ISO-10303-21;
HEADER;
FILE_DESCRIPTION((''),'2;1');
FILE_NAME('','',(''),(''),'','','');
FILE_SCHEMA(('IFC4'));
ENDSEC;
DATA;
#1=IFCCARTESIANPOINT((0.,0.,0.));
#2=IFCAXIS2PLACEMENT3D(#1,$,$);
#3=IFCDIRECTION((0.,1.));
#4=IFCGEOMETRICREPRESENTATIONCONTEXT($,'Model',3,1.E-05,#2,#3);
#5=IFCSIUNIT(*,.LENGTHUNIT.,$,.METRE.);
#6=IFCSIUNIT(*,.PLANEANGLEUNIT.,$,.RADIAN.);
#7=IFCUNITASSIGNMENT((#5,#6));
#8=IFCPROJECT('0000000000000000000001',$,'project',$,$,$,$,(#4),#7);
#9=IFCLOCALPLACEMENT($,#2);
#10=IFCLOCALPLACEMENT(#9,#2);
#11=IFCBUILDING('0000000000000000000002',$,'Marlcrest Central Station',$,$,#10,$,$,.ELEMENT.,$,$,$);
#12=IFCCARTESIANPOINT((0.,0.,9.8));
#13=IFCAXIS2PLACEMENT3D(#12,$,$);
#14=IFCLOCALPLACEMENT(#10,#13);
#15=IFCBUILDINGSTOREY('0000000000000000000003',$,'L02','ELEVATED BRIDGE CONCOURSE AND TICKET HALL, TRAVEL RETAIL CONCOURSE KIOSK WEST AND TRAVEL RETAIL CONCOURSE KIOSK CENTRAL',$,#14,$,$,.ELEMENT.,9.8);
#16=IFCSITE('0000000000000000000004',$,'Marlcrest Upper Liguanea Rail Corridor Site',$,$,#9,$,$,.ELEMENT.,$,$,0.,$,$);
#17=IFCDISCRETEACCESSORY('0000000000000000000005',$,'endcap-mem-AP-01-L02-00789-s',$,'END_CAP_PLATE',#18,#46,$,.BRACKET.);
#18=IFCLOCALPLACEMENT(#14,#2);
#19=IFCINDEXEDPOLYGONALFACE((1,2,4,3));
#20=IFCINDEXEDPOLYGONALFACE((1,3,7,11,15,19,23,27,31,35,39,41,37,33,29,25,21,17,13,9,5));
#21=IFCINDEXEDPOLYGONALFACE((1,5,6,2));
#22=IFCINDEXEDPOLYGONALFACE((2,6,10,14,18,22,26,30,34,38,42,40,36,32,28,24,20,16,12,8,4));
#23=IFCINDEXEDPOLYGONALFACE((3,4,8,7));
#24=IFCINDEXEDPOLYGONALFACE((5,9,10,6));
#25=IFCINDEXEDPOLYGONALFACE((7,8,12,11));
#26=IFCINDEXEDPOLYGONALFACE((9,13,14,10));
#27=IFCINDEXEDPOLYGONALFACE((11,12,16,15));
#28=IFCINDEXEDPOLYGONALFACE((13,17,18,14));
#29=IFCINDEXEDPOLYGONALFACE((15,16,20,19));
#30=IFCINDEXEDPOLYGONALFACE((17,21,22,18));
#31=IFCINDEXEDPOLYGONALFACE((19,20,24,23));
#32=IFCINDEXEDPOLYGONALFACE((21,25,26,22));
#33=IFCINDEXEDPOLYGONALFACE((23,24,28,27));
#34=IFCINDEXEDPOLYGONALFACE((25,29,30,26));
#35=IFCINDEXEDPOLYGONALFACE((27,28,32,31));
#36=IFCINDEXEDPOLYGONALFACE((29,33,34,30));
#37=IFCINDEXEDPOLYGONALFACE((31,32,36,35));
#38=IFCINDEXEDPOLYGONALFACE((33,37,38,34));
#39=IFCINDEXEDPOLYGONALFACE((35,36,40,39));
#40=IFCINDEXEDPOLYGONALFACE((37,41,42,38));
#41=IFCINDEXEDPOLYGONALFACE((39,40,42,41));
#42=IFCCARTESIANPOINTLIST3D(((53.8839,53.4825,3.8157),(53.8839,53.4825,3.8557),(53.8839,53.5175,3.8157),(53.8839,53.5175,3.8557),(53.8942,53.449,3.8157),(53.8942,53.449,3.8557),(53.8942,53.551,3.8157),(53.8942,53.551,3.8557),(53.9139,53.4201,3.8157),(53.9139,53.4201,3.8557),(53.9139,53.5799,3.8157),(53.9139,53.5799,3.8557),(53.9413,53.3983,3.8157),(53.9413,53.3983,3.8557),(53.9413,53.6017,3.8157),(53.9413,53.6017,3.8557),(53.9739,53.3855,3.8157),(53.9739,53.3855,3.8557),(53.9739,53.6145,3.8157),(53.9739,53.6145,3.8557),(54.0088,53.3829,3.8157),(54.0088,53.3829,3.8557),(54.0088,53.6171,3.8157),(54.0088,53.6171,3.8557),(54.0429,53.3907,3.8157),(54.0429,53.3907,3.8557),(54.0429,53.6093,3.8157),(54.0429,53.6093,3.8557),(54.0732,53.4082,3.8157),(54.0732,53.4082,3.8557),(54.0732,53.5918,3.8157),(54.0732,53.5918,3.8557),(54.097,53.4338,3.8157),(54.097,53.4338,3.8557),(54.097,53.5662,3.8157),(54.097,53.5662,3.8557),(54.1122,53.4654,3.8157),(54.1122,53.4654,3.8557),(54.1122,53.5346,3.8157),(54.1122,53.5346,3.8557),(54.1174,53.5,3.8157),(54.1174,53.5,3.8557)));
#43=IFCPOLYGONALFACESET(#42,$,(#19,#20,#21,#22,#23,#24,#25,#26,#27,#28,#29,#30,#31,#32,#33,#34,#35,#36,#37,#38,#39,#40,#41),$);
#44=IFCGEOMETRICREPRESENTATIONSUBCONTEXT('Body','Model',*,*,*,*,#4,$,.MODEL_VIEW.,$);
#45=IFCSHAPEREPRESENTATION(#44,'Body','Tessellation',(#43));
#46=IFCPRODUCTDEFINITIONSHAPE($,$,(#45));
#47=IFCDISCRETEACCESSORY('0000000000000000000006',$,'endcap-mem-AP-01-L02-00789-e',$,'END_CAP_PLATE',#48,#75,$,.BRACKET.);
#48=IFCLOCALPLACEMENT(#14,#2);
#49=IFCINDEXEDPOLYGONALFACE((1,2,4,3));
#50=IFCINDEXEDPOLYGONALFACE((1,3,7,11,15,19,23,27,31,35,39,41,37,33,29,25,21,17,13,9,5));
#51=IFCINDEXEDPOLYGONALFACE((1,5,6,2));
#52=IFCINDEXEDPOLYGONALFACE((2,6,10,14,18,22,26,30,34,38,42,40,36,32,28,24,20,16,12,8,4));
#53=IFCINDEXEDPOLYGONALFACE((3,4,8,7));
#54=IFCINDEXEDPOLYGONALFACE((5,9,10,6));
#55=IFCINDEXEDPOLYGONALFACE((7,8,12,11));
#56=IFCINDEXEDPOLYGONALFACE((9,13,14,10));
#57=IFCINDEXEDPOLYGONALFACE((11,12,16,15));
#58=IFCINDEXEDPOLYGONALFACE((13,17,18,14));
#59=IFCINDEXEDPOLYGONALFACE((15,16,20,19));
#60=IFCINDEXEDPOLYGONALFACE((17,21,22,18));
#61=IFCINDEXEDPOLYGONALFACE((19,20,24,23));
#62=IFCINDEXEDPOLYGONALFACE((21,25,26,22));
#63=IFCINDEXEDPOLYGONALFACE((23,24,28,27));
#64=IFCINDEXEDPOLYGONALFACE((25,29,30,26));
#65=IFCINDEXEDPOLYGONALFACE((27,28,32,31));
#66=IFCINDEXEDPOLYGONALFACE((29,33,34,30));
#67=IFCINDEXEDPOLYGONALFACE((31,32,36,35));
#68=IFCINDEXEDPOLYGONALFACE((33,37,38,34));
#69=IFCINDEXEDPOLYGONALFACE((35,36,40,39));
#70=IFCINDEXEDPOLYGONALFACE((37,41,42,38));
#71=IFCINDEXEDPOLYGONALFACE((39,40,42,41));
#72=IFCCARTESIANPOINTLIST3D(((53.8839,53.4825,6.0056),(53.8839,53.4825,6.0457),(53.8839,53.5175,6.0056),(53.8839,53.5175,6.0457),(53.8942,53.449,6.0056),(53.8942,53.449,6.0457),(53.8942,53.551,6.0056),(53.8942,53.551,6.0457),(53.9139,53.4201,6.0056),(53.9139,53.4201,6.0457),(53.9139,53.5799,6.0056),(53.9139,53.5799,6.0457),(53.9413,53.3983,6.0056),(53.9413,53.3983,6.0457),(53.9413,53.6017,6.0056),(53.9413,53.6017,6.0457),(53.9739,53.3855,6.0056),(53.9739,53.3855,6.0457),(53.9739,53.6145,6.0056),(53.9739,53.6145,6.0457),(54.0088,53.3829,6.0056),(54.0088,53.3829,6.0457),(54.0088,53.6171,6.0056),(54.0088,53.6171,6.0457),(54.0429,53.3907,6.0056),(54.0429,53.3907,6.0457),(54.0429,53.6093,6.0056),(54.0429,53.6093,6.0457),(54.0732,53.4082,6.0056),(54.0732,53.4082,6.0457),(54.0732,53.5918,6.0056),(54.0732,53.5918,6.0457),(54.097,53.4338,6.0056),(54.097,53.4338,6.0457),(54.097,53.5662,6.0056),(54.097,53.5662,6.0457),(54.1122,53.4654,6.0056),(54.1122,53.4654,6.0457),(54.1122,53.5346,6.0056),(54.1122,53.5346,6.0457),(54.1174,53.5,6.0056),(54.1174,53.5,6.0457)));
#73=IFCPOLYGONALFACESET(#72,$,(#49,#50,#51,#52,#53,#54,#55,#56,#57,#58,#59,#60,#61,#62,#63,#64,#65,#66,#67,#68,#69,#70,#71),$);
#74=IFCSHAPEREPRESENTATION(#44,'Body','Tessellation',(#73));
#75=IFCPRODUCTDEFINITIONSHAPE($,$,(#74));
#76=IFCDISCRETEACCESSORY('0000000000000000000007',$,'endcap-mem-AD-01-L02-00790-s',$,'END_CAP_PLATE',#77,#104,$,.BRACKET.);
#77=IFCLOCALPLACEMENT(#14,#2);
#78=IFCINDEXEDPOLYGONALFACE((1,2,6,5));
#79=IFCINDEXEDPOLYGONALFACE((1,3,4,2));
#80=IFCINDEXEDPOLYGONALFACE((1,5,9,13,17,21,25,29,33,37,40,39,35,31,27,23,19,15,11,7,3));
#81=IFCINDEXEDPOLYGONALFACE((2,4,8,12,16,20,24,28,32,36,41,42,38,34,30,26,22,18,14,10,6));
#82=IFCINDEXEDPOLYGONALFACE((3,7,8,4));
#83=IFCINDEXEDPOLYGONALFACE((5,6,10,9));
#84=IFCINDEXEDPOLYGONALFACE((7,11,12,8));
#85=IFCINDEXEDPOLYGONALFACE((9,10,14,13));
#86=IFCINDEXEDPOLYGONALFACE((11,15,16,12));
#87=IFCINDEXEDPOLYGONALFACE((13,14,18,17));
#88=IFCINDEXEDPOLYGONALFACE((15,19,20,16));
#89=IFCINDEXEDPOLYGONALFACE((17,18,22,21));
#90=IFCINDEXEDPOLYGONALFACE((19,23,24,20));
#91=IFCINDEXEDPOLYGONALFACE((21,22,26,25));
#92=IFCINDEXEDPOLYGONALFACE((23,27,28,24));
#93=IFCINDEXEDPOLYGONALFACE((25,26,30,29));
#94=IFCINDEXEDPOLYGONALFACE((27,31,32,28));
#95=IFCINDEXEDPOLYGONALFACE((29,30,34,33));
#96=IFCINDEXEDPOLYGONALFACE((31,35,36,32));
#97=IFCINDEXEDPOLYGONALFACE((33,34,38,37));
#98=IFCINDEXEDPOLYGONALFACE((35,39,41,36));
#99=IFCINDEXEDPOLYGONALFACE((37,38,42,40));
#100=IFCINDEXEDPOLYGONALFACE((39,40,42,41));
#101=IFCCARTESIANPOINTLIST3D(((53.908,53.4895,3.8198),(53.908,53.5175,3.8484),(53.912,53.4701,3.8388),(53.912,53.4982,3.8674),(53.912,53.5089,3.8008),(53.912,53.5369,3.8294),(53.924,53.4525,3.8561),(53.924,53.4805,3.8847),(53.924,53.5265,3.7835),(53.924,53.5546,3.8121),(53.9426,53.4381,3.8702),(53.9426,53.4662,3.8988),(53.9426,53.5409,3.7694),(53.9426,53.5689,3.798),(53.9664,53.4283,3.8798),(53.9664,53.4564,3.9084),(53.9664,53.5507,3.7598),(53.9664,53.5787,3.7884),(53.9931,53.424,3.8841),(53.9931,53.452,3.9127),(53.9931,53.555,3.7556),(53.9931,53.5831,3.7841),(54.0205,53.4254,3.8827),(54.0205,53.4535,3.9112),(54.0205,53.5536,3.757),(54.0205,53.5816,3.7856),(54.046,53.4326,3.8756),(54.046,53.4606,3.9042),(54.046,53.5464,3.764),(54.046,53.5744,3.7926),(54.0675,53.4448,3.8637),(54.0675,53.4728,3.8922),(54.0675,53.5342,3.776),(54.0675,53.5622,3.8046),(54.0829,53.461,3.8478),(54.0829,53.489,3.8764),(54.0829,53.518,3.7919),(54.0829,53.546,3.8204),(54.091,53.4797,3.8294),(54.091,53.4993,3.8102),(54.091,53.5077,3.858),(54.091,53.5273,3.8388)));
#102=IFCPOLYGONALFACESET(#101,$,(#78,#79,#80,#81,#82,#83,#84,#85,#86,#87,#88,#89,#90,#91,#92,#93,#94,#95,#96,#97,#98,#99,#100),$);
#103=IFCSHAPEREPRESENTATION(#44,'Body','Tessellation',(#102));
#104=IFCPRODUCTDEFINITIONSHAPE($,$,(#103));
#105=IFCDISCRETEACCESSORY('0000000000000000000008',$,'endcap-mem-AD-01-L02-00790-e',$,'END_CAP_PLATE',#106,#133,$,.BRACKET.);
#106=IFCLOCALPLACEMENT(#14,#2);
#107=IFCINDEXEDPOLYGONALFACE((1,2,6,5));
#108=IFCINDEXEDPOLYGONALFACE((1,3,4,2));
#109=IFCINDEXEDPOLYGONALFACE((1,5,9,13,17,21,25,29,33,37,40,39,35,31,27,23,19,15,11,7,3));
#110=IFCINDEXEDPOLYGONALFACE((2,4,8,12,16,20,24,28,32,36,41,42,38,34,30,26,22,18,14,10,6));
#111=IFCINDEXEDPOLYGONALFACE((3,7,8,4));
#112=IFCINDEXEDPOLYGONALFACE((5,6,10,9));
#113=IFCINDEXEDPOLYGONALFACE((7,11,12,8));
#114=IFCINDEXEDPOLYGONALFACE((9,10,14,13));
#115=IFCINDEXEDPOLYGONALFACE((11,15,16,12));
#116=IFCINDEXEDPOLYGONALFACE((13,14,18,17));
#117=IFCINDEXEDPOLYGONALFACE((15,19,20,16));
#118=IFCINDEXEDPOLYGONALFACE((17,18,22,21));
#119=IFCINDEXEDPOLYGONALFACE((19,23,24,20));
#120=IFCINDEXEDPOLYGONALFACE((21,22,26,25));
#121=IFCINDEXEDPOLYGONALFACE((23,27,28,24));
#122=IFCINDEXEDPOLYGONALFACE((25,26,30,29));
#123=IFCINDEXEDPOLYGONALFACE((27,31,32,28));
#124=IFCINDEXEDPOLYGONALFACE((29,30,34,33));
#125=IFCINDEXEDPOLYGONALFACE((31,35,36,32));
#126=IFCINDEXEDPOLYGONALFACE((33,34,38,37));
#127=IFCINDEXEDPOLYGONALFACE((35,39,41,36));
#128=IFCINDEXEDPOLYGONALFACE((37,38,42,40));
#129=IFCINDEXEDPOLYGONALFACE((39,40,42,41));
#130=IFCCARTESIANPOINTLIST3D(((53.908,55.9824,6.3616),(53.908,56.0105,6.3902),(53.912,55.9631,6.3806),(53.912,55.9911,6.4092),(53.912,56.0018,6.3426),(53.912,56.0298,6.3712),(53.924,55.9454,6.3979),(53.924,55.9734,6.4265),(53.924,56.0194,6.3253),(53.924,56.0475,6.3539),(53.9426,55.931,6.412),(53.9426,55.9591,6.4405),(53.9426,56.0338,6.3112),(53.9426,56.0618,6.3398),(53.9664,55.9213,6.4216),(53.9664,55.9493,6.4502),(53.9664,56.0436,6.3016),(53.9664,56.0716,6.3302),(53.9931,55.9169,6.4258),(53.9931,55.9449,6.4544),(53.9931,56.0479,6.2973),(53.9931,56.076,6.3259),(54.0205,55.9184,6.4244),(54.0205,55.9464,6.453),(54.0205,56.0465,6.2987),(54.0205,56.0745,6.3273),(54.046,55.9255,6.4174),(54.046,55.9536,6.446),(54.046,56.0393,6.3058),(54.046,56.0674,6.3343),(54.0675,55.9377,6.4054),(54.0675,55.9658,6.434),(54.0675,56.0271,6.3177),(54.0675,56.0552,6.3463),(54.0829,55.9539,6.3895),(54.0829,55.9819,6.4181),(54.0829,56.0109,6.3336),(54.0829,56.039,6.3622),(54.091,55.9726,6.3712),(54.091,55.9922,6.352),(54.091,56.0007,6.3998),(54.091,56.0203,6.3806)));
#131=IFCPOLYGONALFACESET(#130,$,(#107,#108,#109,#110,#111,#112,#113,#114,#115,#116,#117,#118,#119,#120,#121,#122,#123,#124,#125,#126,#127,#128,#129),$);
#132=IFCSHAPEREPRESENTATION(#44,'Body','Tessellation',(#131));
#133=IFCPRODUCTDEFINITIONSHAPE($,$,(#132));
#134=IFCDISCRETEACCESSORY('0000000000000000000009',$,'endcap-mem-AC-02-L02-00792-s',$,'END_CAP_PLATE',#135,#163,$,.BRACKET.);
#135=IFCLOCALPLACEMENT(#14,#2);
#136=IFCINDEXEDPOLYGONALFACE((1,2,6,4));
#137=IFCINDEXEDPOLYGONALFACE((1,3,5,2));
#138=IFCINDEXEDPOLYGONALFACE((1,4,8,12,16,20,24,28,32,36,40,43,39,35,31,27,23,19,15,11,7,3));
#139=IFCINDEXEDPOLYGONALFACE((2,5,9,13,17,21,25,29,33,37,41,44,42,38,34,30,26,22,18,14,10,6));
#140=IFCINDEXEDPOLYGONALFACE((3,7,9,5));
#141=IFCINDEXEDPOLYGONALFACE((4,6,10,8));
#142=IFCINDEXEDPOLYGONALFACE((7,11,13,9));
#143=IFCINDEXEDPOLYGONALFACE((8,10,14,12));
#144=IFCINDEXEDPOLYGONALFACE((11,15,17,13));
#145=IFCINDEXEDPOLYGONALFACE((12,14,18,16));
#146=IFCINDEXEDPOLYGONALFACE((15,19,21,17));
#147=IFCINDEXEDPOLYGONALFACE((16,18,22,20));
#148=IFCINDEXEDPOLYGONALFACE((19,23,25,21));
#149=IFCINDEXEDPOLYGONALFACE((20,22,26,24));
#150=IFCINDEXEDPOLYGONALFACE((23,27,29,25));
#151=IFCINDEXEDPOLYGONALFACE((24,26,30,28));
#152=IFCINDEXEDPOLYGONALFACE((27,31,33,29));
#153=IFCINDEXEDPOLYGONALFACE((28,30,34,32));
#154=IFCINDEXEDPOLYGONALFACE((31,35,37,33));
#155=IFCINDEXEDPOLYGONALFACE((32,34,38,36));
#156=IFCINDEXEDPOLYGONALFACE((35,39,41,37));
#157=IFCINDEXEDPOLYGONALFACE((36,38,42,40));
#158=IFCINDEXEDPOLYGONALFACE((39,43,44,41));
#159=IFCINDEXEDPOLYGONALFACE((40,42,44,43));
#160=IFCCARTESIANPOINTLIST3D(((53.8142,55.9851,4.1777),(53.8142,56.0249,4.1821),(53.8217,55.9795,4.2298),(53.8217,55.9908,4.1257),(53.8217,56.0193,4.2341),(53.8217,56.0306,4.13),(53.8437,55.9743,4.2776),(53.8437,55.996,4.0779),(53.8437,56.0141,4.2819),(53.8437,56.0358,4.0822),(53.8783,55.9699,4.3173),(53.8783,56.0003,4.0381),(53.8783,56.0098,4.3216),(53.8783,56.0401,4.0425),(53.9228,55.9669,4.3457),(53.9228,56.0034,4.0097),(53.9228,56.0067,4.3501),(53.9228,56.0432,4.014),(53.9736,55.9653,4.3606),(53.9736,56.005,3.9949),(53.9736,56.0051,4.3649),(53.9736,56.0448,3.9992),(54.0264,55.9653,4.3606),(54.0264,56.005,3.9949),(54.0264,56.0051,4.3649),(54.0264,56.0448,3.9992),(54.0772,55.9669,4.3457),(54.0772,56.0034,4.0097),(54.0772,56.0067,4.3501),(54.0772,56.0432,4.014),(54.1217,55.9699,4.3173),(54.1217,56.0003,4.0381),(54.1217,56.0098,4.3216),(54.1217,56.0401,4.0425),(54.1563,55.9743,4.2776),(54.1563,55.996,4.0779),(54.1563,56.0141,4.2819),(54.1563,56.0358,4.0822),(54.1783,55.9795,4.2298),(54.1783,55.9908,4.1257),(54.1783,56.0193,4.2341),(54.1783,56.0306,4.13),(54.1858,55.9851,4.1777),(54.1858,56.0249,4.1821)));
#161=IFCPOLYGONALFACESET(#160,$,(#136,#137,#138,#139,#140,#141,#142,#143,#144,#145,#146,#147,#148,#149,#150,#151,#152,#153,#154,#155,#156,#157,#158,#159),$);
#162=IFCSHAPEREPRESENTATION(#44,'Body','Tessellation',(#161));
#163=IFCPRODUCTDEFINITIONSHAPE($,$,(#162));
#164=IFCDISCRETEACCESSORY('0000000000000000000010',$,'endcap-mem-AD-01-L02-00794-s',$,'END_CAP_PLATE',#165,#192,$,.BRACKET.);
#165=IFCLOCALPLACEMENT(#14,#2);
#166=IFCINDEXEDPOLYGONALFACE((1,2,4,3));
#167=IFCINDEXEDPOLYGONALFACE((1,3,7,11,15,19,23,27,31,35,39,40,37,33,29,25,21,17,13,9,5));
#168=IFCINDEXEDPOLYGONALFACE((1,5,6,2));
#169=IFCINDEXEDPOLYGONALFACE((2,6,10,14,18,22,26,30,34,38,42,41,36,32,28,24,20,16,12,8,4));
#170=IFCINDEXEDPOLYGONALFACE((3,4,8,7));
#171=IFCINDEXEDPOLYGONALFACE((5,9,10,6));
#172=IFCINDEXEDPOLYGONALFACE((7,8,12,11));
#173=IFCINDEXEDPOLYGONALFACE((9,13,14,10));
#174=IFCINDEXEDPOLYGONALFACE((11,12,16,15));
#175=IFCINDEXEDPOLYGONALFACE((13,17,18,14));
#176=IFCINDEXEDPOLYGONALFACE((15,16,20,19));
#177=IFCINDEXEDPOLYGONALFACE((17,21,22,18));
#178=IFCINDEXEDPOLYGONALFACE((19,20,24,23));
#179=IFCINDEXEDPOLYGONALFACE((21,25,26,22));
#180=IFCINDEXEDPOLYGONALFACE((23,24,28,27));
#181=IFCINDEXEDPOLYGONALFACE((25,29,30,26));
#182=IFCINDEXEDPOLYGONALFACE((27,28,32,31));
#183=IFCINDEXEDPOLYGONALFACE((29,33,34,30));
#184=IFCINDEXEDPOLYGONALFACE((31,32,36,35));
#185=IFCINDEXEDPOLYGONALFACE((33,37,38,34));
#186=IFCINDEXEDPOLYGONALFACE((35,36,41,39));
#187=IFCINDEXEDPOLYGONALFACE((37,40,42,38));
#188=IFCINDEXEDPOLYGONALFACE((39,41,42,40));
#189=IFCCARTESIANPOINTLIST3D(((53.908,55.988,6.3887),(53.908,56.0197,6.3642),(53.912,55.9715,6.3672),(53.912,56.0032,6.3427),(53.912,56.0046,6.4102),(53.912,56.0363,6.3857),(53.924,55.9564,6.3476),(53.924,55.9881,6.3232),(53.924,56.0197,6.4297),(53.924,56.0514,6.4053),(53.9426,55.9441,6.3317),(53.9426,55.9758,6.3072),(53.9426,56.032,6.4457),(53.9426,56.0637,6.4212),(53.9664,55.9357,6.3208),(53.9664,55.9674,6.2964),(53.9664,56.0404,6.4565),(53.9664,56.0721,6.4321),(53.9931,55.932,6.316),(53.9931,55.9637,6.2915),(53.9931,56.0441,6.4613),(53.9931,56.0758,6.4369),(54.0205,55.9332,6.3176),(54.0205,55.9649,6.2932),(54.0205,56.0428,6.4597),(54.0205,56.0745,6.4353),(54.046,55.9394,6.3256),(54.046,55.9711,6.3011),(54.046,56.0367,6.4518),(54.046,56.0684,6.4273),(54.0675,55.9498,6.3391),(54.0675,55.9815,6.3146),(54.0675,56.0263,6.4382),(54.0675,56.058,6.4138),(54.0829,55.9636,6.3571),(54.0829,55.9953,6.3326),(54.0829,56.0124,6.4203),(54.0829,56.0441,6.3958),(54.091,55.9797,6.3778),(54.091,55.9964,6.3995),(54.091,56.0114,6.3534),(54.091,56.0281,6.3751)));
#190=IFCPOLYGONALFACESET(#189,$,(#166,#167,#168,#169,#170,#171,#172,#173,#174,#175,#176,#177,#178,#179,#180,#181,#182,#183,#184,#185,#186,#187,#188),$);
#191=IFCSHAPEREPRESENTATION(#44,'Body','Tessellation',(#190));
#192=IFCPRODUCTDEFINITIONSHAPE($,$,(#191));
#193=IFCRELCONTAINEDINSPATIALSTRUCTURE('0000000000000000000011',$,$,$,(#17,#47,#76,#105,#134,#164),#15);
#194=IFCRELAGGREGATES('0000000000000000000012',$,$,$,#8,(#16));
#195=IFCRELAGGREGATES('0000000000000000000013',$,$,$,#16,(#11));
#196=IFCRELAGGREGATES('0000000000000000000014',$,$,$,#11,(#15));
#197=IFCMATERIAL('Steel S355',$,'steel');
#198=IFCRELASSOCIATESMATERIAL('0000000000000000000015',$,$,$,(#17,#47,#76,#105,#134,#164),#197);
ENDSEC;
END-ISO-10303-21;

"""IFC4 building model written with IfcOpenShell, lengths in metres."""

from ifc_helpers import new_model, si_unit, direction, frame, origin, origin_2d, place, context, subcontext, project, spatial, circle, extrude, material, element, save


model = new_model("IFC4")

# Units and contexts
model_context = context("Model", 3, precision=1e-05, world=origin(), true_north=direction((0.0, 1.0)))
body_context = subcontext(model_context, "Body", "Model", "MODEL_VIEW")
ifc_project = project(units=[si_unit("LENGTHUNIT", "METRE"), si_unit("PLANEANGLEUNIT", "RADIAN")], contexts=[model_context])

# Site, building, storey
site_placement = place(None, origin())
site = spatial("IfcSite", under=ifc_project, at=site_placement, Name="Marlcrest Upper Liguanea Rail Corridor Site", CompositionType="ELEMENT", RefElevation=0.0)
building_placement = place(site_placement, origin())
building = spatial("IfcBuilding", under=site, at=building_placement, Name="Marlcrest Central Station", CompositionType="ELEMENT")
storey_placement = place(building_placement, frame((0.0, 0.0, 9.8)))
storey = spatial("IfcBuildingStorey", under=building, at=storey_placement, Name="L02", Description="ELEVATED BRIDGE CONCOURSE AND TICKET HALL, TRAVEL RETAIL CONCOURSE KIOSK WEST AND TRAVEL RETAIL CONCOURSE KIOSK CENTRAL", CompositionType="ELEMENT", Elevation=9.8)

# Shared definitions
ifc_material = material(Name="Steel S355", Category="steel")

# Discrete accessories
for number, where, z_axis, x_axis, name in (
    (1, (54.0, 53.5, 3.8157), (0.0, 0.0, 1.0), (1.0, 0.0, 0.0), "endcap-mem-AP-01-L02-00789-s"),
    (2, (54.0, 53.5, 6.0056), (0.0, 0.0, 1.0), (1.0, 0.0, 0.0), "endcap-mem-AP-01-L02-00789-e"),
):
    element("IfcDiscreteAccessory", number, at=place(storey_placement, frame(where, z_axis=z_axis, x_axis=x_axis)), inside=storey, material=ifc_material, Name=name, ObjectType="END_CAP_PLATE", PredefinedType="BRACKET", context=body_context, shape_type="SweptSolid", body=[
        extrude(circle(Radius=0.1174, at=origin_2d()), origin(), (0.0, 0.0, 1.0), 0.04),
    ])
for number, where, z_axis, x_axis, name in (
    (3, (54.0, 53.4895, 3.8198), (0.0, 0.700235, 0.713912), (-1.0, 0.0, 0.0), "endcap-mem-AD-01-L02-00790-s"),
    (4, (54.0, 55.9824, 6.3616), (0.0, 0.700235, 0.713912), (-1.0, 0.0, 0.0), "endcap-mem-AD-01-L02-00790-e"),
):
    element("IfcDiscreteAccessory", number, at=place(storey_placement, frame(where, z_axis=z_axis, x_axis=x_axis)), inside=storey, material=ifc_material, Name=name, ObjectType="END_CAP_PLATE", PredefinedType="BRACKET", context=body_context, shape_type="SweptSolid", body=[
        extrude(circle(Radius=0.092, at=origin_2d()), origin(), (0.0, 0.0, 1.0), 0.04),
    ])
discrete_accessory_1_placement = place(storey_placement, frame((54.0, 55.9851, 4.1777), z_axis=(0.0, 0.994155, 0.107959), x_axis=(-1.0, 0.0, 0.0)))
element("IfcDiscreteAccessory", 5, at=discrete_accessory_1_placement, inside=storey, material=ifc_material, Name="endcap-mem-AC-02-L02-00792-s", ObjectType="END_CAP_PLATE", PredefinedType="BRACKET", context=body_context, shape_type="SweptSolid", body=[
    extrude(circle(Radius=0.1858, at=origin_2d()), origin(), (0.0, 0.0, 1.0), 0.04),
])
discrete_accessory_2_placement = place(storey_placement, frame((54.0, 55.988, 6.3887), z_axis=(0.0, 0.791798, -0.610783), x_axis=(-1.0, 0.0, 0.0)))
element("IfcDiscreteAccessory", 6, at=discrete_accessory_2_placement, inside=storey, material=ifc_material, Name="endcap-mem-AD-01-L02-00794-s", ObjectType="END_CAP_PLATE", PredefinedType="BRACKET", context=body_context, shape_type="SweptSolid", body=[
    extrude(circle(Radius=0.092, at=origin_2d()), origin(), (0.0, 0.0, 1.0), 0.04),
])

save(model, "model.ifc")
